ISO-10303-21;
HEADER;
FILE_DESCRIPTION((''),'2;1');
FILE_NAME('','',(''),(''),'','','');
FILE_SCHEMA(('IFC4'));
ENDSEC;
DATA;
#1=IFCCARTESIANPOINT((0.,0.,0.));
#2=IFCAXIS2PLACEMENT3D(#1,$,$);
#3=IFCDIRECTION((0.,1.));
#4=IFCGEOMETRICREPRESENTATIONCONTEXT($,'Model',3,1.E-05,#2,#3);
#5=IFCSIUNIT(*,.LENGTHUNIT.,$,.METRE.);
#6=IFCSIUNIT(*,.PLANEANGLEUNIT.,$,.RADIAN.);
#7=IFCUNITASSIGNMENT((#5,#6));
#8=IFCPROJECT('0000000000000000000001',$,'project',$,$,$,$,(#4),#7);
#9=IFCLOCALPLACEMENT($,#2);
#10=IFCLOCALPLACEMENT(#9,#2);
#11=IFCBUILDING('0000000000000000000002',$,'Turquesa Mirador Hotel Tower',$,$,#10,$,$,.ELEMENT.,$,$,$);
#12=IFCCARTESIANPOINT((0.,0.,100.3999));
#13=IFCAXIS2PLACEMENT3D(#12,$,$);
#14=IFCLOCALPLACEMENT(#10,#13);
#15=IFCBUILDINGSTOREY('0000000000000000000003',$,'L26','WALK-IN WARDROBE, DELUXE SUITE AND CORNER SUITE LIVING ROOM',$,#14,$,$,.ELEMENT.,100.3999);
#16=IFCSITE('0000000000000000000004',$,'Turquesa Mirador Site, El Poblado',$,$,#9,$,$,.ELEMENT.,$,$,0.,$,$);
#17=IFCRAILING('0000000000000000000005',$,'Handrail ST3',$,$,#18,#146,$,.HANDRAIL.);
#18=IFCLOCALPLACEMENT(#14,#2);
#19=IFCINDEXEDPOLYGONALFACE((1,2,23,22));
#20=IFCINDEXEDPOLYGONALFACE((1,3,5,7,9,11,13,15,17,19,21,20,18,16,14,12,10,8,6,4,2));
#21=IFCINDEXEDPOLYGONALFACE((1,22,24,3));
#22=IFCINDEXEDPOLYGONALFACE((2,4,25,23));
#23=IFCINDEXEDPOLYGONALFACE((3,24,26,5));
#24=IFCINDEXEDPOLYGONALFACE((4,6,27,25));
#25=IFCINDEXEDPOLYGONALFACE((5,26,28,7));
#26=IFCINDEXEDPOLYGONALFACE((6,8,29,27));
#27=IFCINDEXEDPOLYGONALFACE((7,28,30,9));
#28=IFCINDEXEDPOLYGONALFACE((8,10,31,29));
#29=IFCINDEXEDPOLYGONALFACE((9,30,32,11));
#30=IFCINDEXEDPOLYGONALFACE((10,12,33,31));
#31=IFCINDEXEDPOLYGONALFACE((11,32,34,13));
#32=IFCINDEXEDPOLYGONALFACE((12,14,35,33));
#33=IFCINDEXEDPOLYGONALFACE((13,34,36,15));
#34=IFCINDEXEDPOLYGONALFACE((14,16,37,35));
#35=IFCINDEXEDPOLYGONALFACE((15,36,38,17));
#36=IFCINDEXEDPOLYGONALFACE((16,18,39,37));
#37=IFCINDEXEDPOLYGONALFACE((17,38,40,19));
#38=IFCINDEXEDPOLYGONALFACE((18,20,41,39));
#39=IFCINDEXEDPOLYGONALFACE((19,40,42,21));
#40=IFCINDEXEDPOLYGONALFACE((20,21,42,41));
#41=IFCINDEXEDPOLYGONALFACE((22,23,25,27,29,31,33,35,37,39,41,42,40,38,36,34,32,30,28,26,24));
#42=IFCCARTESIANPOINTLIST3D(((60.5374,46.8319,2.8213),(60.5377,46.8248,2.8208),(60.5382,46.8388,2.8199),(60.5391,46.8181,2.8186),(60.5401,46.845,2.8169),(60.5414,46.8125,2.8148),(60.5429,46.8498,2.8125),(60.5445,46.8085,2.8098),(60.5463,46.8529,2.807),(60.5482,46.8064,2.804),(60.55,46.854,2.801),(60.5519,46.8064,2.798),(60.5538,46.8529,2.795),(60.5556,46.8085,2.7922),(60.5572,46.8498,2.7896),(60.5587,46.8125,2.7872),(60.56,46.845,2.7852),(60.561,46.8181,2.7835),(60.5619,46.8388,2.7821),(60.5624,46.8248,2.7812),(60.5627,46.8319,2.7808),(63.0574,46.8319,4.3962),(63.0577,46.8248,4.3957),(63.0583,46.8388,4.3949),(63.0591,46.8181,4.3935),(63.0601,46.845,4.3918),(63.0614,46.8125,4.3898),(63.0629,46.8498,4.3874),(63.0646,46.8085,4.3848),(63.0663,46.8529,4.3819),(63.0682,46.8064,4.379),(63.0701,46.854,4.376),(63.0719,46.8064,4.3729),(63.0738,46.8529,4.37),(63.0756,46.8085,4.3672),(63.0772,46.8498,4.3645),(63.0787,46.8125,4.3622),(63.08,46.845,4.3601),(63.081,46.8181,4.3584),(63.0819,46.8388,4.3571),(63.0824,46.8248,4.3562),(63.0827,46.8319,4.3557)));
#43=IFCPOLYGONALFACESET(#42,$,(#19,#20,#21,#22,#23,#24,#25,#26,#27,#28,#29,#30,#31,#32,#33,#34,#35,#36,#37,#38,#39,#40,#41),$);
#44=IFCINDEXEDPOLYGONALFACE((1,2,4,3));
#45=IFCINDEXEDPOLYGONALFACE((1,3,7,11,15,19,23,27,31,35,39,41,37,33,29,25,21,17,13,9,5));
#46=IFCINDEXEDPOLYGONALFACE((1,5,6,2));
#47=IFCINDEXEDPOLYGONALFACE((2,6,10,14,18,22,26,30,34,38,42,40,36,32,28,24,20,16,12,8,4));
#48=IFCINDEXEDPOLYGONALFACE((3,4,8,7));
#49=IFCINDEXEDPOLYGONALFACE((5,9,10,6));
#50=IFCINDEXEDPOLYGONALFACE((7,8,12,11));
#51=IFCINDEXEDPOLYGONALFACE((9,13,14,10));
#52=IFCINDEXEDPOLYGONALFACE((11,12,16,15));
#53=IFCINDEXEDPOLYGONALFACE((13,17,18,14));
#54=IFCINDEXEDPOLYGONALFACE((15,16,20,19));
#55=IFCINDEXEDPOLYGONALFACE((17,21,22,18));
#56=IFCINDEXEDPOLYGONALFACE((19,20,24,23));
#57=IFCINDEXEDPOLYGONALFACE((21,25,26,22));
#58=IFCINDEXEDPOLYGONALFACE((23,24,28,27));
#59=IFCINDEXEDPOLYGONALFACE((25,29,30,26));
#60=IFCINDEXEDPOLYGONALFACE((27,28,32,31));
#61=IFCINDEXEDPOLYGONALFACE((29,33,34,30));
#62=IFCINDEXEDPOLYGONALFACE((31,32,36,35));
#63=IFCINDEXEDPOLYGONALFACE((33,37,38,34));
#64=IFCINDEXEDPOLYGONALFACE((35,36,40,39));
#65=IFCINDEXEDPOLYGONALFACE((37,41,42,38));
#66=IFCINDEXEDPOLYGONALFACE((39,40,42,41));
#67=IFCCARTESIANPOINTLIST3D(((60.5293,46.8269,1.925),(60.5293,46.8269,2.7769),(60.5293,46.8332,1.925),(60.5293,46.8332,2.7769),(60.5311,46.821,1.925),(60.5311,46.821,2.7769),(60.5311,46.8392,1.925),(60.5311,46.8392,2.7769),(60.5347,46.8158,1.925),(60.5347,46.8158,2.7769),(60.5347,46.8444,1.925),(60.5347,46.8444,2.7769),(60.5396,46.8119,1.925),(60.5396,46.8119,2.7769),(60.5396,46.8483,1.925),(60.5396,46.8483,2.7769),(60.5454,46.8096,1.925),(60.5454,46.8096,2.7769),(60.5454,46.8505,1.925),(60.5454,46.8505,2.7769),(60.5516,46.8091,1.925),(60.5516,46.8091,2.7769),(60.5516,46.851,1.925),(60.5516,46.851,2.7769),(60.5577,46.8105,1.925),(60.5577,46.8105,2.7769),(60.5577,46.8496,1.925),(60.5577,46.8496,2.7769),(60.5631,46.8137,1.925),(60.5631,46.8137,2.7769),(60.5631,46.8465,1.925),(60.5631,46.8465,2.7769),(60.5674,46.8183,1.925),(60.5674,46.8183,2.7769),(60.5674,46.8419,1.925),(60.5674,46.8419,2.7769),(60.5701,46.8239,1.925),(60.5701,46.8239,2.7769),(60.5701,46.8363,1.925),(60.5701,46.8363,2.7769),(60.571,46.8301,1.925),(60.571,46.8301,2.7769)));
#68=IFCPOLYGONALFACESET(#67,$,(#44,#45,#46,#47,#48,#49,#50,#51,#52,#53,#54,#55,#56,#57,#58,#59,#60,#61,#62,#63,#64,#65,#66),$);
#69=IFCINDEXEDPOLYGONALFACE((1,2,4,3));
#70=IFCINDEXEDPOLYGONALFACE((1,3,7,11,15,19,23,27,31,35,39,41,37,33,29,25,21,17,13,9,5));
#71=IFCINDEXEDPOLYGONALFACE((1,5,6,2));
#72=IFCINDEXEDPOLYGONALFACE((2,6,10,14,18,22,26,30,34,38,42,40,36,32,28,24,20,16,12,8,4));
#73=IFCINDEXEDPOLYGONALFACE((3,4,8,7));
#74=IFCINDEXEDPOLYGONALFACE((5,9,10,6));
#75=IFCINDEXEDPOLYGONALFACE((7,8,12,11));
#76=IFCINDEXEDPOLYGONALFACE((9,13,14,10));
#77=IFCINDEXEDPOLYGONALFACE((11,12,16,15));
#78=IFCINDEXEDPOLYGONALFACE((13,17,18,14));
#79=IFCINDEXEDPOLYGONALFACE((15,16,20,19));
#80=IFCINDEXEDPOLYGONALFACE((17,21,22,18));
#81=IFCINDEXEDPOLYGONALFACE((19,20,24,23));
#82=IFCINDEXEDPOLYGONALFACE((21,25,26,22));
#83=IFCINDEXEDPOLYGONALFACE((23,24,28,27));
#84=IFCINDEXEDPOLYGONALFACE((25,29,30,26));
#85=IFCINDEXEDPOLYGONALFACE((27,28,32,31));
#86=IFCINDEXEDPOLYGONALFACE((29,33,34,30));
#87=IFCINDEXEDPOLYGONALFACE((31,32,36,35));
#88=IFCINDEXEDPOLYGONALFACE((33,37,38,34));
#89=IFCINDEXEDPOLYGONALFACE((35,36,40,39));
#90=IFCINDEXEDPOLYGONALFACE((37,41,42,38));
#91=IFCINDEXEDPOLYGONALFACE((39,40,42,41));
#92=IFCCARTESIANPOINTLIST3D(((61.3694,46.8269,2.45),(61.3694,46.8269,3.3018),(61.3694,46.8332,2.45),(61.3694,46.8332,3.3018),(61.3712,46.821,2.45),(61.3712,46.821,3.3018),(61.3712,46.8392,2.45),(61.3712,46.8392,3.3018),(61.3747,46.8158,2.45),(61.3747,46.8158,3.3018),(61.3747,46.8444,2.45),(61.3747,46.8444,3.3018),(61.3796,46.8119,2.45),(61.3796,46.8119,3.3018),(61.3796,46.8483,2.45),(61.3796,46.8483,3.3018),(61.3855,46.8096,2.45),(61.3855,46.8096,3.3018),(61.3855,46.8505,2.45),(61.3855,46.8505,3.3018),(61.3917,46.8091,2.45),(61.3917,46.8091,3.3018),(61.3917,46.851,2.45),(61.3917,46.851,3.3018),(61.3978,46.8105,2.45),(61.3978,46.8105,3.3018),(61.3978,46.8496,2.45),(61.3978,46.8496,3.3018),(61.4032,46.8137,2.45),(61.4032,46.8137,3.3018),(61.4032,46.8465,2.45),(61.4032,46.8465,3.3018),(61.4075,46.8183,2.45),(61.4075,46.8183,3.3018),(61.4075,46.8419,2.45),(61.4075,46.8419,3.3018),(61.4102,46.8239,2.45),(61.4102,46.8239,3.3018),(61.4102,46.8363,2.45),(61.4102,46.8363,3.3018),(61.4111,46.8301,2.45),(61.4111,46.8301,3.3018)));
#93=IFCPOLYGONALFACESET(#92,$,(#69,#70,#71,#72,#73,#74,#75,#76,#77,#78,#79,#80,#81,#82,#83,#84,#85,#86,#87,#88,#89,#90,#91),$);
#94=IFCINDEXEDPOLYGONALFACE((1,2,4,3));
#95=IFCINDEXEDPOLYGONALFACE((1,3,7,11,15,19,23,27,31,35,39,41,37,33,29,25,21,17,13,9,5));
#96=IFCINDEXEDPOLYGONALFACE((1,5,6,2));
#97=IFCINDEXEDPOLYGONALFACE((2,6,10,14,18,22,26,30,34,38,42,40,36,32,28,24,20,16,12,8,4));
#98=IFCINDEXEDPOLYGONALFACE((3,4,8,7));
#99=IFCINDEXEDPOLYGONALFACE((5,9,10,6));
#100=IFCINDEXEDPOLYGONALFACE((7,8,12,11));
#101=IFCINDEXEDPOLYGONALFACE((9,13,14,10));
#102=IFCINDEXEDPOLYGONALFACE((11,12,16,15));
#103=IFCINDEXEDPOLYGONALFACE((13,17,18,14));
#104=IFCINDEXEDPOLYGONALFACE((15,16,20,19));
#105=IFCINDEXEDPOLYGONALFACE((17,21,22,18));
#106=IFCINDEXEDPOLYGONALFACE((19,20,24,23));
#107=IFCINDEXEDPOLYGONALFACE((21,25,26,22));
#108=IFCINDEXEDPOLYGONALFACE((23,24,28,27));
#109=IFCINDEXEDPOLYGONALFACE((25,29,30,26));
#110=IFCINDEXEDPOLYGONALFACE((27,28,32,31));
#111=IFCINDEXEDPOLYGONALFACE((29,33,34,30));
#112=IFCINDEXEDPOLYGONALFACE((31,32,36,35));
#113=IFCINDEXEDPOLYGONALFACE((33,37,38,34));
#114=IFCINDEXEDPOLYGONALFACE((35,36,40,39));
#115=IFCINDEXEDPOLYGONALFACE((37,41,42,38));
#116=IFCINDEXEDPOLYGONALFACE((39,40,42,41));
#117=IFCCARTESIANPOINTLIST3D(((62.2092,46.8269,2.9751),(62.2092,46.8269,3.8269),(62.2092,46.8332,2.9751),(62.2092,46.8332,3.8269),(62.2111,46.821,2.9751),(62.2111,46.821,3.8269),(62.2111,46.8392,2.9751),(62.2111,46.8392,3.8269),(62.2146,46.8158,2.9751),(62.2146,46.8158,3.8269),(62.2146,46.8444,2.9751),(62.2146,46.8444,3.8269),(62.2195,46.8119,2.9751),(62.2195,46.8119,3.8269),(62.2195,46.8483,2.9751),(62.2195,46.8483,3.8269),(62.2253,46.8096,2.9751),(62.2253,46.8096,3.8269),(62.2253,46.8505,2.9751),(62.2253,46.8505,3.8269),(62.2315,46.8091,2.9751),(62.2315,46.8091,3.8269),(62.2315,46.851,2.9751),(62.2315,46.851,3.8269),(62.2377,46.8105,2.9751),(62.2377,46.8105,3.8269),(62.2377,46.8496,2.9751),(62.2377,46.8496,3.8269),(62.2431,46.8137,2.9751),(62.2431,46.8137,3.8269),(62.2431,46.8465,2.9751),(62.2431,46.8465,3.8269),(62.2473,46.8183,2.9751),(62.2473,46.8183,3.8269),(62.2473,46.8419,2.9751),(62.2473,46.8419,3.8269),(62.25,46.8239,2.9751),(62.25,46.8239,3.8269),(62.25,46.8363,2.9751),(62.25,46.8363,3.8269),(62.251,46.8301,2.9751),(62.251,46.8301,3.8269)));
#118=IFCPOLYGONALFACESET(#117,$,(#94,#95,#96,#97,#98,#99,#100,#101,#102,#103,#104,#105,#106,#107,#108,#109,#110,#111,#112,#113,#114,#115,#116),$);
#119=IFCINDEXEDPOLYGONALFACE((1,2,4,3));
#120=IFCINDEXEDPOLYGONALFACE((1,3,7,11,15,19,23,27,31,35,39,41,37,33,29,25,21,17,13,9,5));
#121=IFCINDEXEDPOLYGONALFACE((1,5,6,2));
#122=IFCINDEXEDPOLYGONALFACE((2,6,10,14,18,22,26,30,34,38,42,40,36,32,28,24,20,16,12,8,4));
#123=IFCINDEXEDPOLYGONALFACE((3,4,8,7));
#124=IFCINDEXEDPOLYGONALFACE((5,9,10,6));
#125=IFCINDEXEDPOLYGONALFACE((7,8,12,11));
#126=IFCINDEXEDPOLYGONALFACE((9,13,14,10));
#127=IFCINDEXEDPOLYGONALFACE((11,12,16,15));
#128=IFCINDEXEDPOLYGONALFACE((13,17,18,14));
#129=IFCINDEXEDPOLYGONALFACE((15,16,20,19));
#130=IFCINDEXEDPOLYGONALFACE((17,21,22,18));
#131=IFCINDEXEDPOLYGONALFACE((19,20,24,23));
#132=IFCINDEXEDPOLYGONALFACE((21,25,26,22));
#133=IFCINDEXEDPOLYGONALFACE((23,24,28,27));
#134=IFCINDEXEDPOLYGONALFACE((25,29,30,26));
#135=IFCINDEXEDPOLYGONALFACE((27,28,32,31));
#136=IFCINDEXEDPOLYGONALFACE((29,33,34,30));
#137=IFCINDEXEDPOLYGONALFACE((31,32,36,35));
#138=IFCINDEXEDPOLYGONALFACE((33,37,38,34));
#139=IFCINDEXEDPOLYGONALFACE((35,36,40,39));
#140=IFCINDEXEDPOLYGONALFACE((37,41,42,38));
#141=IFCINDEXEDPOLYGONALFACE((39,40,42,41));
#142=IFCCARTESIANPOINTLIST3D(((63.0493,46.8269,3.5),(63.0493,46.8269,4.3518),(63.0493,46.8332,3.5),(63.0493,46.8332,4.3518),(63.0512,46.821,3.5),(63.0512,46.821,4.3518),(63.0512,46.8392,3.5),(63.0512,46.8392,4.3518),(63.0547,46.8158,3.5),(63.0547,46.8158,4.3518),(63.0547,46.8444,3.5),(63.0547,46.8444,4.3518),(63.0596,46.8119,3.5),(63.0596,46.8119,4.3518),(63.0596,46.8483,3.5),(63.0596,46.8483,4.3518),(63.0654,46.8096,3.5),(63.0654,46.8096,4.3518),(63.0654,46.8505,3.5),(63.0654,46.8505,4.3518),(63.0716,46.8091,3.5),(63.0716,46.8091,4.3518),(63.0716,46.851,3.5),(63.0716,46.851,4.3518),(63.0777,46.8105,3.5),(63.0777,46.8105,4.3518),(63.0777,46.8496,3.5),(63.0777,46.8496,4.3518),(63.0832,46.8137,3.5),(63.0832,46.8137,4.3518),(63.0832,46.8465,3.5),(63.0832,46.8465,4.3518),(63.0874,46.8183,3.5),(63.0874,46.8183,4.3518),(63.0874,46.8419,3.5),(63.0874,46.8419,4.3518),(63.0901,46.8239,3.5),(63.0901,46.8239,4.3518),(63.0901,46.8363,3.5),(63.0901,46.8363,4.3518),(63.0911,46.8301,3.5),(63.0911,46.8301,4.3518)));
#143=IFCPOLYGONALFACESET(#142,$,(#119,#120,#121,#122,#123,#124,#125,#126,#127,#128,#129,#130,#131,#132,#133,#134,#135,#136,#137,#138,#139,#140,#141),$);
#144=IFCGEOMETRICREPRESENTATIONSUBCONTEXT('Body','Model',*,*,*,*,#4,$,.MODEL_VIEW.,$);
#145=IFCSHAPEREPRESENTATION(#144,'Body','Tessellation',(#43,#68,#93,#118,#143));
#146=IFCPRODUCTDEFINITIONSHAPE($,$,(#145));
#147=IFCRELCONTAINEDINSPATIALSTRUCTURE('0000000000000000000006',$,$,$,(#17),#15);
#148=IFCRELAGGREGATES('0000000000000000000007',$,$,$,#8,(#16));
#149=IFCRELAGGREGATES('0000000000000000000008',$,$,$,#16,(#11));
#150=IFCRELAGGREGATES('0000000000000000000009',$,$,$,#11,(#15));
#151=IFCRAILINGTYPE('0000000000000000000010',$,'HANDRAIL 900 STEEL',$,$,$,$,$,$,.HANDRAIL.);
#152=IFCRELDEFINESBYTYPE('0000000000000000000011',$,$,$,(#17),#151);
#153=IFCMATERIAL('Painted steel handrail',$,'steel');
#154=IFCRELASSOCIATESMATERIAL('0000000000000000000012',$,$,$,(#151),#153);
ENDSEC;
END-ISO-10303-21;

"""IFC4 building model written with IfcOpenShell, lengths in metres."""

from ifc_helpers import new_model, si_unit, direction, frame, origin, origin_2d, place, context, subcontext, project, spatial, circle, extrude, material, type_object, element, save


model = new_model("IFC4")

# Units and contexts
model_context = context("Model", 3, precision=1e-05, world=origin(), true_north=direction((0.0, 1.0)))
body_context = subcontext(model_context, "Body", "Model", "MODEL_VIEW")
ifc_project = project(units=[si_unit("LENGTHUNIT", "METRE"), si_unit("PLANEANGLEUNIT", "RADIAN")], contexts=[model_context])

# Site, building, storey
site_placement = place(None, origin())
site = spatial("IfcSite", under=ifc_project, at=site_placement, Name="Turquesa Mirador Site, El Poblado", CompositionType="ELEMENT", RefElevation=0.0)
building_placement = place(site_placement, origin())
building = spatial("IfcBuilding", under=site, at=building_placement, Name="Turquesa Mirador Hotel Tower", CompositionType="ELEMENT")
storey_placement = place(building_placement, frame((0.0, 0.0, 100.3999)))
storey = spatial("IfcBuildingStorey", under=building, at=storey_placement, Name="L26", Description="WALK-IN WARDROBE, DELUXE SUITE AND CORNER SUITE LIVING ROOM", CompositionType="ELEMENT", Elevation=100.3999)

# Railing
ifc_material_1 = material(Name="Painted steel handrail", Category="steel")
railing_type = type_object("IfcRailingType", Name="HANDRAIL 900 STEEL", PredefinedType="HANDRAIL", material=ifc_material_1)
railing_1_placement = place(storey_placement, frame((60.55, 46.8301, 1.925)))
element("IfcRailing", 1, at=railing_1_placement, inside=storey, type_object=railing_type, Name="Handrail ST3", PredefinedType="HANDRAIL", context=body_context, shape_type="SweptSolid", body=[
    extrude(circle(Radius=0.0239, at=origin_2d()), frame((0.0, 0.0, 0.876), z_axis=(0.848008, 0.0, 0.529984), x_axis=(0.0, 1.0, 0.0)), (0.0, 0.0, 1.0), 2.9717),
    extrude(circle(Radius=0.021, at=origin_2d()), origin(), (0.0, 0.0, 1.0), 0.8518),
    extrude(circle(Radius=0.021, at=origin_2d()), frame((0.8401, 0.0, 0.5249)), (0.0, 0.0, 1.0), 0.8518),
    extrude(circle(Radius=0.021, at=origin_2d()), frame((1.6799, 0.0, 1.05)), (0.0, 0.0, 1.0), 0.8518),
    extrude(circle(Radius=0.021, at=origin_2d()), frame((2.52, 0.0, 1.575)), (0.0, 0.0, 1.0), 0.8518),
])

save(model, "model.ifc")
